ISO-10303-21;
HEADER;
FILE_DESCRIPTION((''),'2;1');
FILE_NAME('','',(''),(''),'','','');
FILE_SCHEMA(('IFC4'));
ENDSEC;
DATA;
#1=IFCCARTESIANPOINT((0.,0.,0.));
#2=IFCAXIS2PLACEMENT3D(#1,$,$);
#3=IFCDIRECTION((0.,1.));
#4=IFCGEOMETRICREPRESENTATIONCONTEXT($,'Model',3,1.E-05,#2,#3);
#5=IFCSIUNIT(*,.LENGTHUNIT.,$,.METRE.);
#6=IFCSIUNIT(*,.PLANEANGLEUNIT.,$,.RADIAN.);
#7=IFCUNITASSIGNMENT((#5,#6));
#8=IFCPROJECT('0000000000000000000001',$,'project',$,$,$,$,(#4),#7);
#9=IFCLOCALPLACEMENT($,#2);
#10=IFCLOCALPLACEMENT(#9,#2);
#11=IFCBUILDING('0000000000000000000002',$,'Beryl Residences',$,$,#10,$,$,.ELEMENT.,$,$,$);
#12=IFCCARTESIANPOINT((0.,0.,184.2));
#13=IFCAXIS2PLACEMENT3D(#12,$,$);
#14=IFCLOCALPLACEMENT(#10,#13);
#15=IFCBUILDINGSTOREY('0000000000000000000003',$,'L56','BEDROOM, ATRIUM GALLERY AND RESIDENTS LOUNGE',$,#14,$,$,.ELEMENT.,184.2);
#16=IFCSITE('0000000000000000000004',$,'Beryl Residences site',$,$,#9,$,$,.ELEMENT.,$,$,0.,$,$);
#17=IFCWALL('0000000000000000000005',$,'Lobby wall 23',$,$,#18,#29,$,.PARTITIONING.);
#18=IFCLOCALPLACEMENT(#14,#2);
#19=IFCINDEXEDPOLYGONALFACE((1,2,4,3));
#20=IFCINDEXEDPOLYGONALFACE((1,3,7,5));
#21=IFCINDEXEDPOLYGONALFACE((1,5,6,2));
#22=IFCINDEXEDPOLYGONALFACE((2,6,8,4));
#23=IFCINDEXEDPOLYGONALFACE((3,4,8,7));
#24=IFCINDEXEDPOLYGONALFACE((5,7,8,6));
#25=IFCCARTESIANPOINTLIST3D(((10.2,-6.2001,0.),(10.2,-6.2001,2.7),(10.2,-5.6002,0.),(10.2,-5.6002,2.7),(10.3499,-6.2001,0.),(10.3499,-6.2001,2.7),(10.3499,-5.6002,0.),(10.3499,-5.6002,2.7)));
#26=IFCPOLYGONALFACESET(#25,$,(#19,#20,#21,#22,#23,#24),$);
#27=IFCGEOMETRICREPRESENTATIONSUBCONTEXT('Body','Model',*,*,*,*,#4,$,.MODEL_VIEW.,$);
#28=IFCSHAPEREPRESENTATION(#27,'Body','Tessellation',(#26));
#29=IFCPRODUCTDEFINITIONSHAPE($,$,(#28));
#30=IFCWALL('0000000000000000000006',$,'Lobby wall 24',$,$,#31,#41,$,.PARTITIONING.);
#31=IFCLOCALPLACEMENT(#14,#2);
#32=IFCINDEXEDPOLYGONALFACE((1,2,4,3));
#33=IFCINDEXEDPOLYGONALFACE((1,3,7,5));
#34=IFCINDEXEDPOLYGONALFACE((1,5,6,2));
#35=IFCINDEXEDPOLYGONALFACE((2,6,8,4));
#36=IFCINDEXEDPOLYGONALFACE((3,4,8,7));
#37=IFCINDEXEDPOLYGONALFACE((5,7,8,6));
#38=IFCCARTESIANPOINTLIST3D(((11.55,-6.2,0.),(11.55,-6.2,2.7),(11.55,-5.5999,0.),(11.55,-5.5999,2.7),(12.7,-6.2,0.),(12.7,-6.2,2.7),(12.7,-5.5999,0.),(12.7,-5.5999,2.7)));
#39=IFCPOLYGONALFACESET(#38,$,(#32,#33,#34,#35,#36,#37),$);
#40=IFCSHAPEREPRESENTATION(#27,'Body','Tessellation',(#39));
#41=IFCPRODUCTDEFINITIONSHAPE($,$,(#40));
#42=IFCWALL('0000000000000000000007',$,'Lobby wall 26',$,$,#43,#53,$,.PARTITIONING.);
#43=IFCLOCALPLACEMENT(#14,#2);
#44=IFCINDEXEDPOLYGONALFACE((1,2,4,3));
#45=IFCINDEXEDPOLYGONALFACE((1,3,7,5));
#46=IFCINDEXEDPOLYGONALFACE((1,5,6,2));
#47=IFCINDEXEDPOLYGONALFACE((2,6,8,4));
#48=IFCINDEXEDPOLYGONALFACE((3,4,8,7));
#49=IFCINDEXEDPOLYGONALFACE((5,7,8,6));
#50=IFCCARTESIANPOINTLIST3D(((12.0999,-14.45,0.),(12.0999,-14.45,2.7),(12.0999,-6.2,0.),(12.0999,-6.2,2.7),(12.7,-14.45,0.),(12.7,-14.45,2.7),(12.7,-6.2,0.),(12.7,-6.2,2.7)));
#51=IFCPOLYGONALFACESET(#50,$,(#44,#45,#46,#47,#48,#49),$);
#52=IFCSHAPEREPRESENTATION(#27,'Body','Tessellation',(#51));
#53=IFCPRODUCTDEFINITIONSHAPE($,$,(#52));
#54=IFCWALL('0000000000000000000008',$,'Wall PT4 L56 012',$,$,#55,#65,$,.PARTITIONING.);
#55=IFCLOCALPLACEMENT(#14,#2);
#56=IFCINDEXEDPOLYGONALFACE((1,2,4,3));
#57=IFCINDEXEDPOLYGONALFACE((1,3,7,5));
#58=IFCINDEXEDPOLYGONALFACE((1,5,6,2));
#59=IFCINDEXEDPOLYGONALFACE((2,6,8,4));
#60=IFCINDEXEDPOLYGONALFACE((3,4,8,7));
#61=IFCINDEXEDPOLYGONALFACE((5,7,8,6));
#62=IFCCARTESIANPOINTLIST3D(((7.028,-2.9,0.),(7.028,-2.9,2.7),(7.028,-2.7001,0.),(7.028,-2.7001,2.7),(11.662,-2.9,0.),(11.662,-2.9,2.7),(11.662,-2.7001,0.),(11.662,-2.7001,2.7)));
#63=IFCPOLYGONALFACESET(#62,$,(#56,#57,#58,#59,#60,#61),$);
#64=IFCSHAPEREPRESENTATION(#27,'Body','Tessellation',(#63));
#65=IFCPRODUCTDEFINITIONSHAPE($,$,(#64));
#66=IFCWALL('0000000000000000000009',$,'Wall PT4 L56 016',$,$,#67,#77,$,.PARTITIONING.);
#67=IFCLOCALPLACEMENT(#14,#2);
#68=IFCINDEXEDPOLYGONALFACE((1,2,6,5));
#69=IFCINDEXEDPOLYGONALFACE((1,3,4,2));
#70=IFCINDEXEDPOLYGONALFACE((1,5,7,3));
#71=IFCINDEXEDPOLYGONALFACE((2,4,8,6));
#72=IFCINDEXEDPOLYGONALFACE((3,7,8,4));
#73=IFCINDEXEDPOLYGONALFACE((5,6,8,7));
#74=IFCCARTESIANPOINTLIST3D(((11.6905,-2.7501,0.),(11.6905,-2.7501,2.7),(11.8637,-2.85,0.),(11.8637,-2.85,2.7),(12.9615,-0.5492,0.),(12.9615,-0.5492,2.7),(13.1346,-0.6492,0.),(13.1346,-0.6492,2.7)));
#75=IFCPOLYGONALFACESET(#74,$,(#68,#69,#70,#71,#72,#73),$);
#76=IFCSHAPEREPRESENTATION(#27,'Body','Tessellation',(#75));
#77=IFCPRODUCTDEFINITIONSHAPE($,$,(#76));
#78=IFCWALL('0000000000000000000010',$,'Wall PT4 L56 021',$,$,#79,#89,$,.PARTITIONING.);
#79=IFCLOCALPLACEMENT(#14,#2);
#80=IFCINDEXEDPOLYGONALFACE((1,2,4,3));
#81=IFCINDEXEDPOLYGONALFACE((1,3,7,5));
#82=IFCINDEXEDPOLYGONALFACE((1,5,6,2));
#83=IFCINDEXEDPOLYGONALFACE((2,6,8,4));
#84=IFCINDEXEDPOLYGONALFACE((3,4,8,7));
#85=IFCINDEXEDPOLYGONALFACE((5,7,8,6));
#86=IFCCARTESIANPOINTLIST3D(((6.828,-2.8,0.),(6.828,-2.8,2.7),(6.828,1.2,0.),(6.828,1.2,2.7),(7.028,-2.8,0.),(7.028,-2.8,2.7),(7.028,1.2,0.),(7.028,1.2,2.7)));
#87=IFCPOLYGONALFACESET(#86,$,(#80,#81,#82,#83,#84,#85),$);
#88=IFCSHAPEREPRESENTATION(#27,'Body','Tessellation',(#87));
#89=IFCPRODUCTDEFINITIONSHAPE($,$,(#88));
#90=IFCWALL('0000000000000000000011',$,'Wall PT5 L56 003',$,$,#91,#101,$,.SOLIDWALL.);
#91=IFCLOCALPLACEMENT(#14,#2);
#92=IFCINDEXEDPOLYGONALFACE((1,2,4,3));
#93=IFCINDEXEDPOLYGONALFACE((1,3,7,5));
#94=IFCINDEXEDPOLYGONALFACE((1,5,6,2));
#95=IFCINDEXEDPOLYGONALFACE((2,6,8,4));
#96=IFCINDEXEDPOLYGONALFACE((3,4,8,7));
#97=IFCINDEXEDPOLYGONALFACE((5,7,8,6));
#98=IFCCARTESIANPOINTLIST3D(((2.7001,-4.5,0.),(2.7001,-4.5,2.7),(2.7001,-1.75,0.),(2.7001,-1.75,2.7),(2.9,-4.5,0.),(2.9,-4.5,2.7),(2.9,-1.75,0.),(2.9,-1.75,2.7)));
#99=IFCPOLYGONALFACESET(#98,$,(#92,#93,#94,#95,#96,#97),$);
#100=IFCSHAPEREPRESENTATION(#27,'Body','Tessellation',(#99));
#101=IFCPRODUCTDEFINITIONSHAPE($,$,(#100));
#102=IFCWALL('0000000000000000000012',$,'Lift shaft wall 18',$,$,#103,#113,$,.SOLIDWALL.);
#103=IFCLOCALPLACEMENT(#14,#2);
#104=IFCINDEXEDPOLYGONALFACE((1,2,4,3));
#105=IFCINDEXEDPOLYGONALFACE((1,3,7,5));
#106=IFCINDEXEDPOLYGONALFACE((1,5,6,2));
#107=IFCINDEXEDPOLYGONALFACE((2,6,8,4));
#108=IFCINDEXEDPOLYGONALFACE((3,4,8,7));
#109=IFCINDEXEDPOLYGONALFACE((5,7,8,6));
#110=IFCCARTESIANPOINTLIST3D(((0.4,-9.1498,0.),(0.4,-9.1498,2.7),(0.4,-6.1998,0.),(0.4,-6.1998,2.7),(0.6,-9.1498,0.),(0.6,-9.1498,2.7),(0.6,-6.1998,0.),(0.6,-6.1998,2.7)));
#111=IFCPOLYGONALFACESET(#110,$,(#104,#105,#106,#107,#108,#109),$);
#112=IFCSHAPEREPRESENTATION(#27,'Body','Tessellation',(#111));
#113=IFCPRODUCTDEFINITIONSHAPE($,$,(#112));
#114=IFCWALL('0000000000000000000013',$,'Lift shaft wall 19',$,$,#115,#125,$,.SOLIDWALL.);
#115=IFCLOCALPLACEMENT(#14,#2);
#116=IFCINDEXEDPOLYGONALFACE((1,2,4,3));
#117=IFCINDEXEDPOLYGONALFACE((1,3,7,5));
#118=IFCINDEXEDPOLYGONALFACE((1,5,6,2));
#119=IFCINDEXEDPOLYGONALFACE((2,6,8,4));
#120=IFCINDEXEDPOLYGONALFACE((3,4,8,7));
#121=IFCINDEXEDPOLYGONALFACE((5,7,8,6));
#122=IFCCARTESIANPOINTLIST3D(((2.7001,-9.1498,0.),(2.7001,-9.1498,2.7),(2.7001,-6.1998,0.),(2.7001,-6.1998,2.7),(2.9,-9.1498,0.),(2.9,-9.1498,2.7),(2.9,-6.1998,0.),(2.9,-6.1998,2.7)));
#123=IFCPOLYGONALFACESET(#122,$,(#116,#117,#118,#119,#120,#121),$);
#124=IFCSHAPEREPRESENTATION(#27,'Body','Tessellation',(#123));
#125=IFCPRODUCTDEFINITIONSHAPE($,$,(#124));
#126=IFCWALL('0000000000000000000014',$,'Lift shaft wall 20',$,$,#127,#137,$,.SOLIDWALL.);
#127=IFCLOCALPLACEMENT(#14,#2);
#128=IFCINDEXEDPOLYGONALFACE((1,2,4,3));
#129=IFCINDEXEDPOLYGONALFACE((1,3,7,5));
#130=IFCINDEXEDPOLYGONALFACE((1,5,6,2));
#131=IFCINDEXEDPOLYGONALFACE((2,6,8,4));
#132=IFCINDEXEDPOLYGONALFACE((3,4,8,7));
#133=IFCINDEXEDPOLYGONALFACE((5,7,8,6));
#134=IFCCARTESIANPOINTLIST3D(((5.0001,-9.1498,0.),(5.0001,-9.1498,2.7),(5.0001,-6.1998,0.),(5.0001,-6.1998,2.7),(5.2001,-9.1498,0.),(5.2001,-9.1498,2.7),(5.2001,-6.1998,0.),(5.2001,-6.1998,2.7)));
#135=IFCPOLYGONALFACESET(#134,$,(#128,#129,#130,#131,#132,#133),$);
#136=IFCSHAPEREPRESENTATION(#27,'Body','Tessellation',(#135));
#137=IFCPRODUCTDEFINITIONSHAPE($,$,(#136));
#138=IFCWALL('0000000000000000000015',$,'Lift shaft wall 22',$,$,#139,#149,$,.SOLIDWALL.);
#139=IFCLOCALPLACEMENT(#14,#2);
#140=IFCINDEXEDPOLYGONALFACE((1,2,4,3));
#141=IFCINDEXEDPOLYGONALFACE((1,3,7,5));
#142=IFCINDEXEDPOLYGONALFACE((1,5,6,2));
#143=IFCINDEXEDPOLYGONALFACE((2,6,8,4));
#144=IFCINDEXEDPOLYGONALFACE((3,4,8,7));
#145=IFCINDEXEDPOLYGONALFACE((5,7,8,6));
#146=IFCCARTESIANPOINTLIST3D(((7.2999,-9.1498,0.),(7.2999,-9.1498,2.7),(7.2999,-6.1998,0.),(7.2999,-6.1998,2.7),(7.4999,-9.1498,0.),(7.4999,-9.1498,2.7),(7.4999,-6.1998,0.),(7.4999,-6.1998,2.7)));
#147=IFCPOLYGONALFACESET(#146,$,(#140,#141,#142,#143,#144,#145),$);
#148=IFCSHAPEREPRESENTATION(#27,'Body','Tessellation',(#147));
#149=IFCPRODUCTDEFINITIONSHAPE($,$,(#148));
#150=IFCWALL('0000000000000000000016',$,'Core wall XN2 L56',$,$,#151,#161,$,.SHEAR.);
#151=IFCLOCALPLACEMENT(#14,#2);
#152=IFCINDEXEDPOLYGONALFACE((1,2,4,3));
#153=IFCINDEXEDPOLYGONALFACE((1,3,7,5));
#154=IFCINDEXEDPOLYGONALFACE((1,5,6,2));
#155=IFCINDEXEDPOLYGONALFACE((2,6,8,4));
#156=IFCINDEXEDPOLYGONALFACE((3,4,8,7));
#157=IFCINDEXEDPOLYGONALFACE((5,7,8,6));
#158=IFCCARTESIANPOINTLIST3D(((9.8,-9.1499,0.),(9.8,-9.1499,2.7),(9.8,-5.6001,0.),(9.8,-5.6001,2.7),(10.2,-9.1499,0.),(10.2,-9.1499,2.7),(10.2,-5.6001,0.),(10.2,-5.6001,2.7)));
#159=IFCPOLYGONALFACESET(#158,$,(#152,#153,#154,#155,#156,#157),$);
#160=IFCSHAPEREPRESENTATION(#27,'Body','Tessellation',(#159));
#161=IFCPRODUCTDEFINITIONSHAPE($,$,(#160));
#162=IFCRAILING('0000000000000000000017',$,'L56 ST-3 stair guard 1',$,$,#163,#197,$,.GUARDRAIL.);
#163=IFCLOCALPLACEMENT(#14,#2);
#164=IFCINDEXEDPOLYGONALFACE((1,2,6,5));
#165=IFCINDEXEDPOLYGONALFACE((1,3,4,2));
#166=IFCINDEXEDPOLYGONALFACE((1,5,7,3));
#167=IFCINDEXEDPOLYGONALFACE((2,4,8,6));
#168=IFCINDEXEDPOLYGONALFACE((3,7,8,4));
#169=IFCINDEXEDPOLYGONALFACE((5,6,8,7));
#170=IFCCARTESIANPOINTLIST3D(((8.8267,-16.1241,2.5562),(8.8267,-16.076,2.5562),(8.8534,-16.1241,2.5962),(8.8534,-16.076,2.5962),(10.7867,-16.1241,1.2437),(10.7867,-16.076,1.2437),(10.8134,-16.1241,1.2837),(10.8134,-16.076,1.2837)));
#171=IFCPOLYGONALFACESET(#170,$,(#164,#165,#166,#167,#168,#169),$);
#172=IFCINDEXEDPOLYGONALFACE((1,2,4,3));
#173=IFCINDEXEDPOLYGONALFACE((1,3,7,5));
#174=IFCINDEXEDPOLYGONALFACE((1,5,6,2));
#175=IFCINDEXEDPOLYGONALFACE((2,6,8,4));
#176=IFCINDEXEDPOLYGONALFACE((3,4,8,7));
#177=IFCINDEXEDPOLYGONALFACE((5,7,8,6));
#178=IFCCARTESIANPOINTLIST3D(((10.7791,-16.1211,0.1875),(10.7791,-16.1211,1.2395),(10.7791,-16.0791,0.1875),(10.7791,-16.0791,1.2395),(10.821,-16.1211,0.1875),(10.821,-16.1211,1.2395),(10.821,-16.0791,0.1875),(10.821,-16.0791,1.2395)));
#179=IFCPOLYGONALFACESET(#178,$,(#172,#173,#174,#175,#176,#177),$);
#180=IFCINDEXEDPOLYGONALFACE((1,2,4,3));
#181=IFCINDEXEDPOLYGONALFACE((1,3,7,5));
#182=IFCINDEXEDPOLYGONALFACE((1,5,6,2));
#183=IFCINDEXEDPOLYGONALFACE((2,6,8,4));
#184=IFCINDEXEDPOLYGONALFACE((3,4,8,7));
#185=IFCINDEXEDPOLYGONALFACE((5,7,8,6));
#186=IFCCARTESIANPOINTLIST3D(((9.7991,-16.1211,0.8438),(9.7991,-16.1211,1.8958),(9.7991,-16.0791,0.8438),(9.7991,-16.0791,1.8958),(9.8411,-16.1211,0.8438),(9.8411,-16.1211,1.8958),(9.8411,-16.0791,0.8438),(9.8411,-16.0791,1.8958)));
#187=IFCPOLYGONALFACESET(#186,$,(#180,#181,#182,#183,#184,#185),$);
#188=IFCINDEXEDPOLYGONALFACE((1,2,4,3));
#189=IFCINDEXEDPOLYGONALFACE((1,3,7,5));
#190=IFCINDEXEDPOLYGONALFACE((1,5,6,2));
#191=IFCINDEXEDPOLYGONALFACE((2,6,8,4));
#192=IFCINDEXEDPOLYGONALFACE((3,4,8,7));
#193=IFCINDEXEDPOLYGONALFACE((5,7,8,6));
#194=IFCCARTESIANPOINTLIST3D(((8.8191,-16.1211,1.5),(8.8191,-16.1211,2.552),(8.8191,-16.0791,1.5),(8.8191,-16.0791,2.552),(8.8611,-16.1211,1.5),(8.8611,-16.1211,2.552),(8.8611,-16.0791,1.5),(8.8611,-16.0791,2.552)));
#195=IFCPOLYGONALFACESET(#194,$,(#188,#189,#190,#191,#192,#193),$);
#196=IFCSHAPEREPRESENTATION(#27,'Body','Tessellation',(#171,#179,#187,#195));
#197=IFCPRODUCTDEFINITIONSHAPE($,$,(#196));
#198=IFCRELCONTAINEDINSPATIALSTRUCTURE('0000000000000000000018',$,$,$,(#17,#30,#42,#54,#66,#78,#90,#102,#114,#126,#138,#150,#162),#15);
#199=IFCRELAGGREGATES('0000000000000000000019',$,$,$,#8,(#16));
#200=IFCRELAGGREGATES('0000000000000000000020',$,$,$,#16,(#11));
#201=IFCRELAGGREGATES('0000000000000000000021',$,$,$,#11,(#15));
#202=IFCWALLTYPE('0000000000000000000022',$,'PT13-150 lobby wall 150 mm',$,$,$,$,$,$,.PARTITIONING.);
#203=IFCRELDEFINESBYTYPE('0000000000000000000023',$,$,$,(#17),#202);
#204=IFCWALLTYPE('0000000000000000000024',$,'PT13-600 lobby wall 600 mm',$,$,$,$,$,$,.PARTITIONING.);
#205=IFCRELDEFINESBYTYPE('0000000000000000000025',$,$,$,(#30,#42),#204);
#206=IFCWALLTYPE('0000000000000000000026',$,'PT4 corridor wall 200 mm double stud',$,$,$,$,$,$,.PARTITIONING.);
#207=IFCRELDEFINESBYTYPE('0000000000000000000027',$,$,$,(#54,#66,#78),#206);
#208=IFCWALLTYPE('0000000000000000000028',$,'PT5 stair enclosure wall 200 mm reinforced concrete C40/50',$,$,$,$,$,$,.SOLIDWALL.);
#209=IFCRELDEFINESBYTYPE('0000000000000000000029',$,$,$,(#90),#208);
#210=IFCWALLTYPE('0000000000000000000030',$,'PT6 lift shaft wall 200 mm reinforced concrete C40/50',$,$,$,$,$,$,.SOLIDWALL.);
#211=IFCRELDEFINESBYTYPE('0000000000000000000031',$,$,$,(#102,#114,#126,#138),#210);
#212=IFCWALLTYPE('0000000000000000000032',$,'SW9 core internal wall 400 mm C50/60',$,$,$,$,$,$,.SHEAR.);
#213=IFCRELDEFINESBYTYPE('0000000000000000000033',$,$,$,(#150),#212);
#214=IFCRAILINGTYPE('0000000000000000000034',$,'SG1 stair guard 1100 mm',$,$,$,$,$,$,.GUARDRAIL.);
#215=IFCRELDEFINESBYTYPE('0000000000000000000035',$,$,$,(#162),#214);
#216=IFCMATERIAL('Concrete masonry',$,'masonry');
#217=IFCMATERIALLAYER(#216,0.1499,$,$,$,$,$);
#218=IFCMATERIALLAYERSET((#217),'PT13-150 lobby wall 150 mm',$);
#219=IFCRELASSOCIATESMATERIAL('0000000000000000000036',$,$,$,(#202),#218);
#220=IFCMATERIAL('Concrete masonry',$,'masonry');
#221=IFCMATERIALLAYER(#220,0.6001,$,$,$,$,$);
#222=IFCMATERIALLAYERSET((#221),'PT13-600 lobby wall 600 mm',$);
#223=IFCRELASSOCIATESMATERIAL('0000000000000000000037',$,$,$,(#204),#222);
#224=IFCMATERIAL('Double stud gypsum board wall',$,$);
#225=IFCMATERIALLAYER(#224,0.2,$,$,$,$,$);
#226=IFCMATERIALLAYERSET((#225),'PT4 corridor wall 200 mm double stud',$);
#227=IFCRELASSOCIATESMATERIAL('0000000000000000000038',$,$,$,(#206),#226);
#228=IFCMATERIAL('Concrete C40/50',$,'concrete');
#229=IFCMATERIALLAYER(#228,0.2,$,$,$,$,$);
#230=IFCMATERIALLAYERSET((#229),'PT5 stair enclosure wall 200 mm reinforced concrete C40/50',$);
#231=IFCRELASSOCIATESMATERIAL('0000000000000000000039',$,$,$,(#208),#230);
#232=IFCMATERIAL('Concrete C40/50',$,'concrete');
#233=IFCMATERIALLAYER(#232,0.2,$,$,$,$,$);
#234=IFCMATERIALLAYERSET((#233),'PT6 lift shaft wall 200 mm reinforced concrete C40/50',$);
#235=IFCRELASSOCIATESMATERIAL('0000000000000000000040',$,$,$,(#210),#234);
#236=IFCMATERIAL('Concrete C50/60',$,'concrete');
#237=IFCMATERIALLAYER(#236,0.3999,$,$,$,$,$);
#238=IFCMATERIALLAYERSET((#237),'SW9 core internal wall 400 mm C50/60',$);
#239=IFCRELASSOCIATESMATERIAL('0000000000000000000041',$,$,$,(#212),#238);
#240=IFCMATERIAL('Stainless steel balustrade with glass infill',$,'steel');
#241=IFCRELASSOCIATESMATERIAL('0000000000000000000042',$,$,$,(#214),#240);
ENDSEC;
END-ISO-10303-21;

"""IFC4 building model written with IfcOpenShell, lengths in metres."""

from ifc_helpers import new_model, si_unit, direction, frame, frame_2d, origin, origin_2d, place, context, subcontext, project, spatial, rectangle, extrude, material, layer, layer_set, type_object, element, save


model = new_model("IFC4")

# Units and contexts
model_context = context("Model", 3, precision=1e-05, world=origin(), true_north=direction((0.0, 1.0)))
body_context = subcontext(model_context, "Body", "Model", "MODEL_VIEW")
ifc_project = project(units=[si_unit("LENGTHUNIT", "METRE"), si_unit("PLANEANGLEUNIT", "RADIAN")], contexts=[model_context])

# Site, building, storey
site_placement = place(None, origin())
site = spatial("IfcSite", under=ifc_project, at=site_placement, Name="Beryl Residences site", CompositionType="ELEMENT", RefElevation=0.0)
building_placement = place(site_placement, origin())
building = spatial("IfcBuilding", under=site, at=building_placement, Name="Beryl Residences", CompositionType="ELEMENT")
storey_placement = place(building_placement, frame((0.0, 0.0, 184.2)))
storey = spatial("IfcBuildingStorey", under=building, at=storey_placement, Name="L56", Description="BEDROOM, ATRIUM GALLERY AND RESIDENTS LOUNGE", CompositionType="ELEMENT", Elevation=184.2)

# Walls
ifc_material_1 = material(Name="Concrete masonry", Category="masonry")
ifc_layer_1 = layer(ifc_material_1, 0.1499)
ifc_layer_set_1 = layer_set([ifc_layer_1], Name="PT13-150 lobby wall 150 mm")
wall_type_1 = type_object("IfcWallType", Name="PT13-150 lobby wall 150 mm", PredefinedType="PARTITIONING", material=ifc_layer_set_1)
wall_1_placement = place(storey_placement, frame((10.2749, -6.2, 0.0), z_axis=(0.0, 0.0, 1.0), x_axis=(0.0, 1.0, 0.0)))
element("IfcWall", 1, at=wall_1_placement, inside=storey, type_object=wall_type_1, Name="Lobby wall 23", PredefinedType="PARTITIONING", context=body_context, shape_type="SweptSolid", body=[
    extrude(rectangle(XDim=0.5999, YDim=0.1499, at=frame_2d((0.2998, 0.0))), origin(), (0.0, 0.0, 1.0), 2.7),
])
ifc_material_2 = material(Name="Concrete masonry", Category="masonry")
ifc_layer_2 = layer(ifc_material_2, 0.6001)
ifc_layer_set_2 = layer_set([ifc_layer_2], Name="PT13-600 lobby wall 600 mm")
wall_type_2 = type_object("IfcWallType", Name="PT13-600 lobby wall 600 mm", PredefinedType="PARTITIONING", material=ifc_layer_set_2)
wall_2_placement = place(storey_placement, frame((11.55, -5.8999, 0.0), z_axis=(0.0, 0.0, 1.0), x_axis=(1.0, 0.0, 0.0)))
element("IfcWall", 2, at=wall_2_placement, inside=storey, type_object=wall_type_2, Name="Lobby wall 24", PredefinedType="PARTITIONING", context=body_context, shape_type="SweptSolid", body=[
    extrude(rectangle(XDim=1.1499, YDim=0.6001, at=frame_2d((0.575, 0.0))), origin(), (0.0, 0.0, 1.0), 2.7),
])
wall_3_placement = place(storey_placement, frame((12.3999, -14.45, 0.0), z_axis=(0.0, 0.0, 1.0), x_axis=(0.0, 1.0, 0.0)))
element("IfcWall", 3, at=wall_3_placement, inside=storey, type_object=wall_type_2, Name="Lobby wall 26", PredefinedType="PARTITIONING", context=body_context, shape_type="SweptSolid", body=[
    extrude(rectangle(XDim=8.25, YDim=0.6001, at=frame_2d((4.125, 0.0))), origin(), (0.0, 0.0, 1.0), 2.7),
])
ifc_material_3 = material(Name="Double stud gypsum board wall")
ifc_layer_3 = layer(ifc_material_3, 0.2)
ifc_layer_set_3 = layer_set([ifc_layer_3], Name="PT4 corridor wall 200 mm double stud")
wall_type_3 = type_object("IfcWallType", Name="PT4 corridor wall 200 mm double stud", PredefinedType="PARTITIONING", material=ifc_layer_set_3)
wall_4_placement = place(storey_placement, frame((7.0281, -2.8, 0.0), z_axis=(0.0, 0.0, 1.0), x_axis=(1.0, 0.0, 0.0)))
element("IfcWall", 4, at=wall_4_placement, inside=storey, type_object=wall_type_3, Name="Wall PT4 L56 012", PredefinedType="PARTITIONING", context=body_context, shape_type="SweptSolid", body=[
    extrude(rectangle(XDim=4.634, YDim=0.2, at=frame_2d((2.3169, 0.0))), origin(), (0.0, 0.0, 1.0), 2.7),
])
wall_5_placement = place(storey_placement, frame((11.7771, -2.8, 0.0), z_axis=(0.0, 0.0, 1.0), x_axis=(0.500086, 0.865976, 0.0)))
element("IfcWall", 5, at=wall_5_placement, inside=storey, type_object=wall_type_3, Name="Wall PT4 L56 016", PredefinedType="PARTITIONING", context=body_context, shape_type="SweptSolid", body=[
    extrude(rectangle(XDim=2.5415, YDim=0.2, at=frame_2d((1.2708, 0.0))), origin(), (0.0, 0.0, 1.0), 2.7),
])
wall_6_placement = place(storey_placement, frame((6.928, -2.8, 0.0), z_axis=(0.0, 0.0, 1.0), x_axis=(0.0, 1.0, 0.0)))
element("IfcWall", 6, at=wall_6_placement, inside=storey, type_object=wall_type_3, Name="Wall PT4 L56 021", PredefinedType="PARTITIONING", context=body_context, shape_type="SweptSolid", body=[
    extrude(rectangle(XDim=4.0, YDim=0.2, at=frame_2d((2.0, 0.0))), origin(), (0.0, 0.0, 1.0), 2.7),
])
ifc_material_4 = material(Name="Concrete C40/50", Category="concrete")
ifc_layer_4 = layer(ifc_material_4, 0.2)
ifc_layer_set_4 = layer_set([ifc_layer_4], Name="PT5 stair enclosure wall 200 mm reinforced concrete C40/50")
wall_type_4 = type_object("IfcWallType", Name="PT5 stair enclosure wall 200 mm reinforced concrete C40/50", PredefinedType="SOLIDWALL", material=ifc_layer_set_4)
wall_7_placement = place(storey_placement, frame((2.8, -4.5, 0.0), z_axis=(0.0, 0.0, 1.0), x_axis=(0.0, 1.0, 0.0)))
element("IfcWall", 7, at=wall_7_placement, inside=storey, type_object=wall_type_4, Name="Wall PT5 L56 003", PredefinedType="SOLIDWALL", context=body_context, shape_type="SweptSolid", body=[
    extrude(rectangle(XDim=2.75, YDim=0.2, at=frame_2d((1.375, 0.0))), origin(), (0.0, 0.0, 1.0), 2.7),
])
ifc_material_5 = material(Name="Concrete C40/50", Category="concrete")
ifc_layer_5 = layer(ifc_material_5, 0.2)
ifc_layer_set_5 = layer_set([ifc_layer_5], Name="PT6 lift shaft wall 200 mm reinforced concrete C40/50")
wall_type_5 = type_object("IfcWallType", Name="PT6 lift shaft wall 200 mm reinforced concrete C40/50", PredefinedType="SOLIDWALL", material=ifc_layer_set_5)
for number, where, z_axis, x_axis, name in (
    (8, (0.5, -9.1499, 0.0), (0.0, 0.0, 1.0), (0.0, 1.0, 0.0), "Lift shaft wall 18"),
    (9, (2.8, -9.1499, 0.0), (0.0, 0.0, 1.0), (0.0, 1.0, 0.0), "Lift shaft wall 19"),
    (10, (5.1001, -9.1499, 0.0), (0.0, 0.0, 1.0), (0.0, 1.0, 0.0), "Lift shaft wall 20"),
    (11, (7.3999, -9.1499, 0.0), (0.0, 0.0, 1.0), (0.0, 1.0, 0.0), "Lift shaft wall 22"),
):
    element("IfcWall", number, at=place(storey_placement, frame(where, z_axis=z_axis, x_axis=x_axis)), inside=storey, type_object=wall_type_5, Name=name, PredefinedType="SOLIDWALL", context=body_context, shape_type="SweptSolid", body=[
        extrude(rectangle(XDim=2.95, YDim=0.2, at=frame_2d((1.4751, 0.0))), origin(), (0.0, 0.0, 1.0), 2.7),
    ])
ifc_material_6 = material(Name="Concrete C50/60", Category="concrete")
ifc_layer_6 = layer(ifc_material_6, 0.3999)
ifc_layer_set_6 = layer_set([ifc_layer_6], Name="SW9 core internal wall 400 mm C50/60")
wall_type_6 = type_object("IfcWallType", Name="SW9 core internal wall 400 mm C50/60", PredefinedType="SHEAR", material=ifc_layer_set_6)
wall_8_placement = place(storey_placement, frame((10.0, -9.1499, 0.0), z_axis=(0.0, 0.0, 1.0), x_axis=(0.0, 1.0, 0.0)))
element("IfcWall", 12, at=wall_8_placement, inside=storey, type_object=wall_type_6, Name="Core wall XN2 L56", PredefinedType="SHEAR", context=body_context, shape_type="SweptSolid", body=[
    extrude(rectangle(XDim=3.5498, YDim=0.3999, at=frame_2d((1.7749, 0.0))), origin(), (0.0, 0.0, 1.0), 2.7),
])

# Railing
ifc_material_7 = material(Name="Stainless steel balustrade with glass infill", Category="steel")
railing_type_1 = type_object("IfcRailingType", Name="SG1 stair guard 1100 mm", PredefinedType="GUARDRAIL", material=ifc_material_7)
railing_1_placement = place(storey_placement, frame((10.8, -16.1001, 0.1875)))
element("IfcRailing", 13, at=railing_1_placement, inside=storey, type_object=railing_type_1, Name="L56 ST-3 stair guard 1", PredefinedType="GUARDRAIL", context=body_context, shape_type="SweptSolid", body=[
    extrude(rectangle(XDim=0.0481, YDim=0.0481, at=origin_2d()), frame((0.0, 0.0, 1.0762), z_axis=(-0.830902, 0.0, 0.556419), x_axis=(0.0, -1.0, 0.0)), (0.0, 0.0, 1.0), 2.3589),
    extrude(rectangle(XDim=0.042, YDim=0.042, at=origin_2d()), origin(), (0.0, 0.0, 1.0), 1.052),
    extrude(rectangle(XDim=0.042, YDim=0.042, at=origin_2d()), frame((-0.98, 0.0, 0.6562)), (0.0, 0.0, 1.0), 1.052),
    extrude(rectangle(XDim=0.042, YDim=0.042, at=origin_2d()), frame((-1.96, 0.0, 1.3125)), (0.0, 0.0, 1.0), 1.052),
])

save(model, "model.ifc")
